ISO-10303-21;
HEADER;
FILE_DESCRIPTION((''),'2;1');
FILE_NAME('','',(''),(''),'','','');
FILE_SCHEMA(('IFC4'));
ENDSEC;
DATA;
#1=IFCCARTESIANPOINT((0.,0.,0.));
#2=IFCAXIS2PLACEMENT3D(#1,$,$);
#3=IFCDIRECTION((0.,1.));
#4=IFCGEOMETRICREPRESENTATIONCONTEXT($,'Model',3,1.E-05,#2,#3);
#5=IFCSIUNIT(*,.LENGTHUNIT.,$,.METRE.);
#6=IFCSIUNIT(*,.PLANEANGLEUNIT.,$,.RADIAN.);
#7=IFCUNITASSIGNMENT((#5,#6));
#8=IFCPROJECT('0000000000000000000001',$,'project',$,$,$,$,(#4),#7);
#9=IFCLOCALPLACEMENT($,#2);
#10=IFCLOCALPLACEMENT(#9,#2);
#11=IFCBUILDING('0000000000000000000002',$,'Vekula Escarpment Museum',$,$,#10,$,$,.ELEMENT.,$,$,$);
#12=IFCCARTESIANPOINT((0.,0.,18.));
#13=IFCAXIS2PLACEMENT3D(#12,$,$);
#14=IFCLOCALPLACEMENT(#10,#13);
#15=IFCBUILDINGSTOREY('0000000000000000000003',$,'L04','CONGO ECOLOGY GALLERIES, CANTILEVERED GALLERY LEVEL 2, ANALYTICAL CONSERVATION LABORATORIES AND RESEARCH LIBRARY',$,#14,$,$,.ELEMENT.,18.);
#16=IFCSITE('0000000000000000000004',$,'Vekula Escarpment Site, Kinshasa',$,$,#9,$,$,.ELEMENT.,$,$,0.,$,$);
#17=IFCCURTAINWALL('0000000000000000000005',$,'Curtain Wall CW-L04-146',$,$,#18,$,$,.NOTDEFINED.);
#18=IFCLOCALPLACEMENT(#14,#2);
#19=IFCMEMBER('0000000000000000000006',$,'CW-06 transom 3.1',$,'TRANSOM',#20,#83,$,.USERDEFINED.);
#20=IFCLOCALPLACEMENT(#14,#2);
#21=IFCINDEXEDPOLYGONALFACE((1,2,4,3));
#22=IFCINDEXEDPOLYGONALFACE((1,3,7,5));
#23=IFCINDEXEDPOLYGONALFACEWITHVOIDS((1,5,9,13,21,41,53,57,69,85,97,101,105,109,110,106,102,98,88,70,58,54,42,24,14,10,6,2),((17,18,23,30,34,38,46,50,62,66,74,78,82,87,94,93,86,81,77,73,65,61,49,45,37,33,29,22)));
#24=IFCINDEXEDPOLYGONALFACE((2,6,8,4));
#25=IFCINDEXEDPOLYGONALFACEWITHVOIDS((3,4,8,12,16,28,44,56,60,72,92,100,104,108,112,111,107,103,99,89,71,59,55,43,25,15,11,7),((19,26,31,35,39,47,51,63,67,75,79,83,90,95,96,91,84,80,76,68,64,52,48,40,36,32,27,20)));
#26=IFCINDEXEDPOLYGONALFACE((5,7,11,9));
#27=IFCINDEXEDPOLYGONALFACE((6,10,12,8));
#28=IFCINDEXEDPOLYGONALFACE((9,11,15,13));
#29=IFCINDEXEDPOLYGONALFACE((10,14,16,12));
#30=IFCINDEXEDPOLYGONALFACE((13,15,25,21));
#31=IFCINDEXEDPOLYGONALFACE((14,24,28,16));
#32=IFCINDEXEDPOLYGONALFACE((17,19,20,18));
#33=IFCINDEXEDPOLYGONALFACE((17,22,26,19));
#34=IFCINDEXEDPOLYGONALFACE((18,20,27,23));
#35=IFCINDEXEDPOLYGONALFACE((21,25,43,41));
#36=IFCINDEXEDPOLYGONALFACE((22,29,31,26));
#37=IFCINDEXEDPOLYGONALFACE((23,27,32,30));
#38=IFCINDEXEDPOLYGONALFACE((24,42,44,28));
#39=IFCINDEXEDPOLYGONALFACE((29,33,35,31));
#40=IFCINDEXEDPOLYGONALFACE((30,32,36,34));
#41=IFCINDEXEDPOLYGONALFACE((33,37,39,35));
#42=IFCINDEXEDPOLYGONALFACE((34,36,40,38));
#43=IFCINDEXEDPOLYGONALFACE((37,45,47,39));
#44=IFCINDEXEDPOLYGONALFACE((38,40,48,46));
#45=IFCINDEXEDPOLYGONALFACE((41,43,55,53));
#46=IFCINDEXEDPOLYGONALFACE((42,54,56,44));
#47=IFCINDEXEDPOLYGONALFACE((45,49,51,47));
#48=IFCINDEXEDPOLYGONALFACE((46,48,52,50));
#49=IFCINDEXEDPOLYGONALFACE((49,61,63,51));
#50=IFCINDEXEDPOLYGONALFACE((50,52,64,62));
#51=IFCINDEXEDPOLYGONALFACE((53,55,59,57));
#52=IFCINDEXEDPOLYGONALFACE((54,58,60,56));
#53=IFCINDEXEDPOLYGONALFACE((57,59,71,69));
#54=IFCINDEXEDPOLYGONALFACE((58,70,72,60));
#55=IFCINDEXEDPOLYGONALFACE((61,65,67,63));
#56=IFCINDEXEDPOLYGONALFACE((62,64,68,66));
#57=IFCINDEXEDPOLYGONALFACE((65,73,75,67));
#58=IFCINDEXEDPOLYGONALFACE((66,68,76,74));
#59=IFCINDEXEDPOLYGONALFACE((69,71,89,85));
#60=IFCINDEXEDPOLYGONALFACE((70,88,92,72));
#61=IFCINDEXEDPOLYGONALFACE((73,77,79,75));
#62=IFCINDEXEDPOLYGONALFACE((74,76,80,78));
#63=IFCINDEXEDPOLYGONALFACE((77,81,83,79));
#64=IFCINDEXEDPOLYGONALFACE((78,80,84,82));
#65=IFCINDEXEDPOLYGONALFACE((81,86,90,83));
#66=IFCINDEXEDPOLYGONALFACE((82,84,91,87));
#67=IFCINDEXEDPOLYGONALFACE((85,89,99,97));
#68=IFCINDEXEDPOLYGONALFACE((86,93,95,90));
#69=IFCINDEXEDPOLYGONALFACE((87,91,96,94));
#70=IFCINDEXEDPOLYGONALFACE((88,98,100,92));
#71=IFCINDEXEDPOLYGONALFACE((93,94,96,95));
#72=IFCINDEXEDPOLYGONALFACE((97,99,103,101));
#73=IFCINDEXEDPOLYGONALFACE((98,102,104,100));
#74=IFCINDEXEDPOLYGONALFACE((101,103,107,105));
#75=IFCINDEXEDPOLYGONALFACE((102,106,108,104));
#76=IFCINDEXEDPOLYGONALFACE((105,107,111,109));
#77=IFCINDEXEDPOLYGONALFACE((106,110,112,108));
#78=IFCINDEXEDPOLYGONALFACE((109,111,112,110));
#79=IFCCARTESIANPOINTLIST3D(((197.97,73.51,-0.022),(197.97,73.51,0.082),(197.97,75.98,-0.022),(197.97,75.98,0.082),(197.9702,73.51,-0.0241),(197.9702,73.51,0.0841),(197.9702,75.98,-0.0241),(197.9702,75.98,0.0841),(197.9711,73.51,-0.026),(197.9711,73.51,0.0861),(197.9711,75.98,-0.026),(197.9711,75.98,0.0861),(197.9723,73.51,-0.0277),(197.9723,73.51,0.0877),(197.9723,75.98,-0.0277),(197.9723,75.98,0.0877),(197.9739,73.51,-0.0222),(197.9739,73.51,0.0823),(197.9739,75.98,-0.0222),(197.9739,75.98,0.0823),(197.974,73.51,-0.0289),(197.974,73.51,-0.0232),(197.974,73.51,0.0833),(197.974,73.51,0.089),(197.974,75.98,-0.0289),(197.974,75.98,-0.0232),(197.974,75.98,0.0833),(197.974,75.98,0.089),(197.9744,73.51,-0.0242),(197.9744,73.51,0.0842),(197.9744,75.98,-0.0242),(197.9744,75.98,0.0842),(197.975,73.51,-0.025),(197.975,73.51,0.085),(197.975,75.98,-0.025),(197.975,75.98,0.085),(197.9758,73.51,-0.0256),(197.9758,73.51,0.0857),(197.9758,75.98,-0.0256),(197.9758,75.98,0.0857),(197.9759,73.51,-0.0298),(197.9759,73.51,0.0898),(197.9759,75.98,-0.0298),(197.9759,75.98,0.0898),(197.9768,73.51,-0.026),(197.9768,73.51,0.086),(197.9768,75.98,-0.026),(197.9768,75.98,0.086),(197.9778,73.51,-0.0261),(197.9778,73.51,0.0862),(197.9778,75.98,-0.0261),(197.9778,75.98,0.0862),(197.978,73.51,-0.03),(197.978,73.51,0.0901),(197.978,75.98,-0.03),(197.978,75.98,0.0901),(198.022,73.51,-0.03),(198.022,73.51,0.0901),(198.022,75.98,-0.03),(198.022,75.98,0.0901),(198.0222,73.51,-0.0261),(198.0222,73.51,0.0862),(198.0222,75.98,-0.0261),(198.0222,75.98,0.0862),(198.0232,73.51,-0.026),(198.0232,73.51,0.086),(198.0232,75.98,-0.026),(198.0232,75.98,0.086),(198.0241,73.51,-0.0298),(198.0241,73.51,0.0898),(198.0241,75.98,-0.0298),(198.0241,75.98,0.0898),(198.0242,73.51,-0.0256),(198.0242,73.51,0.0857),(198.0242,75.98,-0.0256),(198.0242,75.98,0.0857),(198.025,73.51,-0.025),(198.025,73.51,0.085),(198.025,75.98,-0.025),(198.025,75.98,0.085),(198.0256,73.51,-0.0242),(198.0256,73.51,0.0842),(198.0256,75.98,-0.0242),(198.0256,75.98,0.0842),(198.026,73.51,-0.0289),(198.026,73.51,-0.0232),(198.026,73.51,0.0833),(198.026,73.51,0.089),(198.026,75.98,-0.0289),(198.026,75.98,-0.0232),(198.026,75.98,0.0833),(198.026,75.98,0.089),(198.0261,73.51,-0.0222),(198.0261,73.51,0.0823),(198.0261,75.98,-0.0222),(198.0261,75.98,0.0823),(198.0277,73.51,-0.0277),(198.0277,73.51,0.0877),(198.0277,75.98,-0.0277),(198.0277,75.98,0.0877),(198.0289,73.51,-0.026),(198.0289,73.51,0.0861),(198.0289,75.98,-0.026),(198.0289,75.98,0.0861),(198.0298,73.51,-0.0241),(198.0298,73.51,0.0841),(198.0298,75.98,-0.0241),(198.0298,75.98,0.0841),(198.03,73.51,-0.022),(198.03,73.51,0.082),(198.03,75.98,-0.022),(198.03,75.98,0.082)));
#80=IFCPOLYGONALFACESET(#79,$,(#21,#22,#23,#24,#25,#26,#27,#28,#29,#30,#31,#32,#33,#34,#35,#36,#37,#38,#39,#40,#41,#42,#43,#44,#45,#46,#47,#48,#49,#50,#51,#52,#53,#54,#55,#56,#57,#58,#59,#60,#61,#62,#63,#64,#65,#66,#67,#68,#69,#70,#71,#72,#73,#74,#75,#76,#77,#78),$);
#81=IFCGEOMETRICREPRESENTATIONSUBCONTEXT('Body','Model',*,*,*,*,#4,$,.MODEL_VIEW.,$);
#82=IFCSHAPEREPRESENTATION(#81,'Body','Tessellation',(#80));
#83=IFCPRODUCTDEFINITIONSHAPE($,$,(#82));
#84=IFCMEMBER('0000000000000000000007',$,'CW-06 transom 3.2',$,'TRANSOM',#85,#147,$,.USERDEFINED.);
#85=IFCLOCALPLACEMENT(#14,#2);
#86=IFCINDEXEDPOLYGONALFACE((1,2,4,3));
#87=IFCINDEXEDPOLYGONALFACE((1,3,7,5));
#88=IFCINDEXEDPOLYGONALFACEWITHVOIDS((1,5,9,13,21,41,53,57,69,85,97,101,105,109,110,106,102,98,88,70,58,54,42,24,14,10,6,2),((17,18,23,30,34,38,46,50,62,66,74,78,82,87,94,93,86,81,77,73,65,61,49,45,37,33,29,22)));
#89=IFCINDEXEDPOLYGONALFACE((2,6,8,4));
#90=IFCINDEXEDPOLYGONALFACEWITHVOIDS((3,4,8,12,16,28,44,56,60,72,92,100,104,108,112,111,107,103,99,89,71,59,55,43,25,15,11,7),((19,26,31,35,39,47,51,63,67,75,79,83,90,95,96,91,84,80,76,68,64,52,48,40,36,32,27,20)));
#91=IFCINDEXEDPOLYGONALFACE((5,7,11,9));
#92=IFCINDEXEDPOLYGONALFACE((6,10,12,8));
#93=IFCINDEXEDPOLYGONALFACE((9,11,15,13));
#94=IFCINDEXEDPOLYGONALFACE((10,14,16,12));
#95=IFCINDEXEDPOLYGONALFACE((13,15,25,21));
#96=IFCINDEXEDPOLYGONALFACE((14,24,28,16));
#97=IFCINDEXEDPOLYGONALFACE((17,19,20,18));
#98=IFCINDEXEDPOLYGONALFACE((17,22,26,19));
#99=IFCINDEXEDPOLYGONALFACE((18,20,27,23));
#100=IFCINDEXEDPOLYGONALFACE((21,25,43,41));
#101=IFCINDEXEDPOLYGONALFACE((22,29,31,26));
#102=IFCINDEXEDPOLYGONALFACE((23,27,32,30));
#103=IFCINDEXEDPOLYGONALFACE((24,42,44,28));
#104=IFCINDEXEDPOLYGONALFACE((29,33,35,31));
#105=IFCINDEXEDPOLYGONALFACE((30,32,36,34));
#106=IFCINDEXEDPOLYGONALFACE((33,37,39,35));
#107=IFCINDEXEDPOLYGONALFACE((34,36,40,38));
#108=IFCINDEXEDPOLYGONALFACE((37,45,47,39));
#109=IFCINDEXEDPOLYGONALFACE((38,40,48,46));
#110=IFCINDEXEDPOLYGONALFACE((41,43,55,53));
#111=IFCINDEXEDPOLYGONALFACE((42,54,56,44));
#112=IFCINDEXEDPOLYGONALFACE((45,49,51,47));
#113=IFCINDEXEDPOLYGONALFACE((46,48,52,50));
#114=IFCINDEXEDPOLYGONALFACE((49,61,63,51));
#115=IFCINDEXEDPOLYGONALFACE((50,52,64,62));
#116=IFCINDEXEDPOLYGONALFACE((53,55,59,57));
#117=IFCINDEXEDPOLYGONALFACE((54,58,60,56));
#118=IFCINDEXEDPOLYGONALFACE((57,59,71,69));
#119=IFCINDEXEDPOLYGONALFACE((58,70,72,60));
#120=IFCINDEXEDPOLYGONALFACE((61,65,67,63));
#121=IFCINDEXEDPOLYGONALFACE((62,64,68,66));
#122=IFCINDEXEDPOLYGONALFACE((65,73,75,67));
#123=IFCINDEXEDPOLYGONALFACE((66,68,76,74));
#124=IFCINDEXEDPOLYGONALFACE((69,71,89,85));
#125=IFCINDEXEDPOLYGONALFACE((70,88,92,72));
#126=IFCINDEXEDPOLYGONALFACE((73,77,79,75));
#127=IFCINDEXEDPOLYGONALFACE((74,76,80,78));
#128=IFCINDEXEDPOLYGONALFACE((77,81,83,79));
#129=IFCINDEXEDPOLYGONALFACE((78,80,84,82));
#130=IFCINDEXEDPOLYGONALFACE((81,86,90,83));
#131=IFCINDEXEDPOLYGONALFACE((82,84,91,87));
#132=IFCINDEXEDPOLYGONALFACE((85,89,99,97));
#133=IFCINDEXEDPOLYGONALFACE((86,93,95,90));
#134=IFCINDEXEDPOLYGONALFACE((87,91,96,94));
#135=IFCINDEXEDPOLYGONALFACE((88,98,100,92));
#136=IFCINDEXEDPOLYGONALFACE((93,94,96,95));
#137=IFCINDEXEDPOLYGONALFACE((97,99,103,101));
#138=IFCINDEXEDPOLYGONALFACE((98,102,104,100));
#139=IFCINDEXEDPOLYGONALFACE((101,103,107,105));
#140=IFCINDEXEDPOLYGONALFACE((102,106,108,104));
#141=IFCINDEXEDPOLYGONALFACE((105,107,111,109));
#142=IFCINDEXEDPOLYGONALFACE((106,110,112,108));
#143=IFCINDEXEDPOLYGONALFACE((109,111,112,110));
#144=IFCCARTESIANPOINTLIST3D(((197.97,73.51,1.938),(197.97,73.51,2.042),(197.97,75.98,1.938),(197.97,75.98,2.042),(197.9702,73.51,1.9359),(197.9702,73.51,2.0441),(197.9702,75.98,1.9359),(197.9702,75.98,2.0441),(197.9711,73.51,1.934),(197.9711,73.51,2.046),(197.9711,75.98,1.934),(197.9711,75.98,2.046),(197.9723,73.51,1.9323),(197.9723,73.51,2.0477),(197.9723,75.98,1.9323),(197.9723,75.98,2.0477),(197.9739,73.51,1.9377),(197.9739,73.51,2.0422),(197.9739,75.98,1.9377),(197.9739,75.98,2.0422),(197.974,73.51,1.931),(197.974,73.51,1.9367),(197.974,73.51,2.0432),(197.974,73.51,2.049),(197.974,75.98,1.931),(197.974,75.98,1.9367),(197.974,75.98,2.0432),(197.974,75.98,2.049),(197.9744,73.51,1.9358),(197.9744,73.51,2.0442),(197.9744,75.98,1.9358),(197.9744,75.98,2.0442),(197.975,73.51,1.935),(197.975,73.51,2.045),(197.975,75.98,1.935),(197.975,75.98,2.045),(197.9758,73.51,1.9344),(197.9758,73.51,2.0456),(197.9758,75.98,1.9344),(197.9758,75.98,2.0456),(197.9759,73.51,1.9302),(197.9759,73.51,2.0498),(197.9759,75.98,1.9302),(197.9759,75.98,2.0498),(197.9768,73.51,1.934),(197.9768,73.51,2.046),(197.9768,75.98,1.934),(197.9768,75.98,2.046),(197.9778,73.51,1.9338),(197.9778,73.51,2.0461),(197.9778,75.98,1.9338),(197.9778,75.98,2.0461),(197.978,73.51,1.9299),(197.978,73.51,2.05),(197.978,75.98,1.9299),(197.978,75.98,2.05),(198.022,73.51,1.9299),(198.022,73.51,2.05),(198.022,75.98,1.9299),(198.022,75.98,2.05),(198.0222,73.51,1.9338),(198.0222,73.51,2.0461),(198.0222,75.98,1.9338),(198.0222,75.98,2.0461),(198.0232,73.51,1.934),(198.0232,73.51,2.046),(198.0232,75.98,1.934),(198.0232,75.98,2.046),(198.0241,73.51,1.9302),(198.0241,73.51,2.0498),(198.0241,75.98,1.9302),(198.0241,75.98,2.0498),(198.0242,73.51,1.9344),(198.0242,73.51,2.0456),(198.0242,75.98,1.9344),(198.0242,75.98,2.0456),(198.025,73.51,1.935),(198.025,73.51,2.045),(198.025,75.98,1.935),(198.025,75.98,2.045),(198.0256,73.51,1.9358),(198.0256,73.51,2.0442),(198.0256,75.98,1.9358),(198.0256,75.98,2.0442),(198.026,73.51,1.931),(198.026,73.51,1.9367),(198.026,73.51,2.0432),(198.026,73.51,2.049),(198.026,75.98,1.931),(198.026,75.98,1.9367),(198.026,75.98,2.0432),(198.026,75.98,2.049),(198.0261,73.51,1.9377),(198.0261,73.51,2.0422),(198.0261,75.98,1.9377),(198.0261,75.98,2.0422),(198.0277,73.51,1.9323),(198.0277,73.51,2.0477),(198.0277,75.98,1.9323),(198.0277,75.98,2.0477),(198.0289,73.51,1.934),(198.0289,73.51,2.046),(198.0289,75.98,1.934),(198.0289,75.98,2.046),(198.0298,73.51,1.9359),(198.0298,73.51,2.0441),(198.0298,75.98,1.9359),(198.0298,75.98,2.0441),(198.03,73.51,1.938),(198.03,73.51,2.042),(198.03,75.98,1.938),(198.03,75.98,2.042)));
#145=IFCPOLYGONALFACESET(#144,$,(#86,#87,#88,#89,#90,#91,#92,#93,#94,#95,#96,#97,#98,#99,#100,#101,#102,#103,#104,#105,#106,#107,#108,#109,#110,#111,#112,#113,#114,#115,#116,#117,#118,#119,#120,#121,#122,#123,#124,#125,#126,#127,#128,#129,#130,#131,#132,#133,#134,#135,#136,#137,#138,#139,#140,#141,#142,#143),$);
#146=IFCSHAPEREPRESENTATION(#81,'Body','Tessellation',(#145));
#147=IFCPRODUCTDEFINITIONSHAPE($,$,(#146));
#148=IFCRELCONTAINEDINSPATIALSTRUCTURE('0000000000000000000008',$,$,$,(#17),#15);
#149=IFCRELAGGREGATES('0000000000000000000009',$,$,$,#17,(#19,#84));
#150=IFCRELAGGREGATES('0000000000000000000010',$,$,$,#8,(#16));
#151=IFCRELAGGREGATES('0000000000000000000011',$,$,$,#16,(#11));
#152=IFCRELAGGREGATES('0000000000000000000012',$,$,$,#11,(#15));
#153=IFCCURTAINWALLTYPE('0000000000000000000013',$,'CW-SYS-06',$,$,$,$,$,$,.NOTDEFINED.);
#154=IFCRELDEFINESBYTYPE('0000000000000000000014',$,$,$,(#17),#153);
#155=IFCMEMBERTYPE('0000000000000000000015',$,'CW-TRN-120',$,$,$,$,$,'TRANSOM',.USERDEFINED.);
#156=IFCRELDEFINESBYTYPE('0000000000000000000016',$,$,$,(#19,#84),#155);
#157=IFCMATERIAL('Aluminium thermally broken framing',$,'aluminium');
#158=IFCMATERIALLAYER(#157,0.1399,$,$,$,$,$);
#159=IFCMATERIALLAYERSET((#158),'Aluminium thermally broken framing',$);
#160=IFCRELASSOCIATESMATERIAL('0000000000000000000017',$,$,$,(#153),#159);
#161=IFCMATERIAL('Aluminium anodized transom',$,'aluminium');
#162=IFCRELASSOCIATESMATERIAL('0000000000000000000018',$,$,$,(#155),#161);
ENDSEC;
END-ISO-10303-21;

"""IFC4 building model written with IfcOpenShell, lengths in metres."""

from ifc_helpers import new_model, si_unit, direction, frame, origin, origin_2d, place, context, subcontext, project, spatial, hollow_rectangle, extrude, material, layer, layer_set, material_profile, profile_set, type_object, element, aggregate, save


model = new_model("IFC4")

# Units and contexts
model_context = context("Model", 3, precision=1e-05, world=origin(), true_north=direction((0.0, 1.0)))
body_context = subcontext(model_context, "Body", "Model", "MODEL_VIEW")
ifc_project = project(units=[si_unit("LENGTHUNIT", "METRE"), si_unit("PLANEANGLEUNIT", "RADIAN")], contexts=[model_context])

# Site, building, storey
site_placement = place(None, origin())
site = spatial("IfcSite", under=ifc_project, at=site_placement, Name="Vekula Escarpment Site, Kinshasa", CompositionType="ELEMENT", RefElevation=0.0)
building_placement = place(site_placement, origin())
building = spatial("IfcBuilding", under=site, at=building_placement, Name="Vekula Escarpment Museum", CompositionType="ELEMENT")
storey_placement = place(building_placement, frame((0.0, 0.0, 18.0)))
storey = spatial("IfcBuildingStorey", under=building, at=storey_placement, Name="L04", Description="CONGO ECOLOGY GALLERIES, CANTILEVERED GALLERY LEVEL 2, ANALYTICAL CONSERVATION LABORATORIES AND RESEARCH LIBRARY", CompositionType="ELEMENT", Elevation=18.0)

# Curtain wall, members
ifc_material_1 = material(Name="Aluminium thermally broken framing", Category="aluminium")
ifc_layer_1 = layer(ifc_material_1, 0.1399)
ifc_layer_set_1 = layer_set([ifc_layer_1], Name="Aluminium thermally broken framing")
curtain_wall_type = type_object("IfcCurtainWallType", Name="CW-SYS-06", PredefinedType="NOTDEFINED", material=ifc_layer_set_1)
curtain_wall_placement = place(storey_placement, origin())
curtain_wall = element("IfcCurtainWall", 1, at=curtain_wall_placement, inside=storey, type_object=curtain_wall_type, Name="Curtain Wall CW-L04-146", PredefinedType="NOTDEFINED")
ifc_material_2 = material(Name="Aluminium anodized transom", Category="aluminium")
ifc_material_profile_1 = material_profile(ifc_material_2, hollow_rectangle(XDim=0.0601, YDim=0.1201, WallThickness=0.0039, InnerFilletRadius=0.0039, OuterFilletRadius=0.0081, at=origin_2d()), Name="ALU 120x60x4")
ifc_profile_set_1 = profile_set([ifc_material_profile_1], Name="Aluminium anodized transom")
member_type_1 = type_object("IfcMemberType", Name="CW-TRN-120", ElementType="TRANSOM", PredefinedType="USERDEFINED", material=ifc_profile_set_1)
member_1_placement = place(storey_placement, frame((198.0, 73.51, 0.03), z_axis=(0.0, 1.0, 0.0), x_axis=(-1.0, 0.0, 0.0)))
member_1 = element("IfcMember", 2, at=member_1_placement, type_object=member_type_1, Name="CW-06 transom 3.1", ObjectType="TRANSOM", PredefinedType="USERDEFINED", context=body_context, shape_type="SweptSolid", body=[
    extrude(hollow_rectangle(XDim=0.0601, YDim=0.1201, WallThickness=0.0039, InnerFilletRadius=0.0039, OuterFilletRadius=0.0081, at=origin_2d()), origin(), (0.0, 0.0, 1.0), 2.47),
])
member_2_placement = place(storey_placement, frame((198.0, 73.51, 1.99), z_axis=(0.0, 1.0, 0.0), x_axis=(-1.0, 0.0, 0.0)))
member_2 = element("IfcMember", 3, at=member_2_placement, type_object=member_type_1, Name="CW-06 transom 3.2", ObjectType="TRANSOM", PredefinedType="USERDEFINED", context=body_context, shape_type="SweptSolid", body=[
    extrude(hollow_rectangle(XDim=0.0601, YDim=0.1201, WallThickness=0.0039, InnerFilletRadius=0.0039, OuterFilletRadius=0.0081, at=origin_2d()), origin(), (0.0, 0.0, 1.0), 2.47),
])
aggregate(curtain_wall, [member_1, member_2])

save(model, "model.ifc")
